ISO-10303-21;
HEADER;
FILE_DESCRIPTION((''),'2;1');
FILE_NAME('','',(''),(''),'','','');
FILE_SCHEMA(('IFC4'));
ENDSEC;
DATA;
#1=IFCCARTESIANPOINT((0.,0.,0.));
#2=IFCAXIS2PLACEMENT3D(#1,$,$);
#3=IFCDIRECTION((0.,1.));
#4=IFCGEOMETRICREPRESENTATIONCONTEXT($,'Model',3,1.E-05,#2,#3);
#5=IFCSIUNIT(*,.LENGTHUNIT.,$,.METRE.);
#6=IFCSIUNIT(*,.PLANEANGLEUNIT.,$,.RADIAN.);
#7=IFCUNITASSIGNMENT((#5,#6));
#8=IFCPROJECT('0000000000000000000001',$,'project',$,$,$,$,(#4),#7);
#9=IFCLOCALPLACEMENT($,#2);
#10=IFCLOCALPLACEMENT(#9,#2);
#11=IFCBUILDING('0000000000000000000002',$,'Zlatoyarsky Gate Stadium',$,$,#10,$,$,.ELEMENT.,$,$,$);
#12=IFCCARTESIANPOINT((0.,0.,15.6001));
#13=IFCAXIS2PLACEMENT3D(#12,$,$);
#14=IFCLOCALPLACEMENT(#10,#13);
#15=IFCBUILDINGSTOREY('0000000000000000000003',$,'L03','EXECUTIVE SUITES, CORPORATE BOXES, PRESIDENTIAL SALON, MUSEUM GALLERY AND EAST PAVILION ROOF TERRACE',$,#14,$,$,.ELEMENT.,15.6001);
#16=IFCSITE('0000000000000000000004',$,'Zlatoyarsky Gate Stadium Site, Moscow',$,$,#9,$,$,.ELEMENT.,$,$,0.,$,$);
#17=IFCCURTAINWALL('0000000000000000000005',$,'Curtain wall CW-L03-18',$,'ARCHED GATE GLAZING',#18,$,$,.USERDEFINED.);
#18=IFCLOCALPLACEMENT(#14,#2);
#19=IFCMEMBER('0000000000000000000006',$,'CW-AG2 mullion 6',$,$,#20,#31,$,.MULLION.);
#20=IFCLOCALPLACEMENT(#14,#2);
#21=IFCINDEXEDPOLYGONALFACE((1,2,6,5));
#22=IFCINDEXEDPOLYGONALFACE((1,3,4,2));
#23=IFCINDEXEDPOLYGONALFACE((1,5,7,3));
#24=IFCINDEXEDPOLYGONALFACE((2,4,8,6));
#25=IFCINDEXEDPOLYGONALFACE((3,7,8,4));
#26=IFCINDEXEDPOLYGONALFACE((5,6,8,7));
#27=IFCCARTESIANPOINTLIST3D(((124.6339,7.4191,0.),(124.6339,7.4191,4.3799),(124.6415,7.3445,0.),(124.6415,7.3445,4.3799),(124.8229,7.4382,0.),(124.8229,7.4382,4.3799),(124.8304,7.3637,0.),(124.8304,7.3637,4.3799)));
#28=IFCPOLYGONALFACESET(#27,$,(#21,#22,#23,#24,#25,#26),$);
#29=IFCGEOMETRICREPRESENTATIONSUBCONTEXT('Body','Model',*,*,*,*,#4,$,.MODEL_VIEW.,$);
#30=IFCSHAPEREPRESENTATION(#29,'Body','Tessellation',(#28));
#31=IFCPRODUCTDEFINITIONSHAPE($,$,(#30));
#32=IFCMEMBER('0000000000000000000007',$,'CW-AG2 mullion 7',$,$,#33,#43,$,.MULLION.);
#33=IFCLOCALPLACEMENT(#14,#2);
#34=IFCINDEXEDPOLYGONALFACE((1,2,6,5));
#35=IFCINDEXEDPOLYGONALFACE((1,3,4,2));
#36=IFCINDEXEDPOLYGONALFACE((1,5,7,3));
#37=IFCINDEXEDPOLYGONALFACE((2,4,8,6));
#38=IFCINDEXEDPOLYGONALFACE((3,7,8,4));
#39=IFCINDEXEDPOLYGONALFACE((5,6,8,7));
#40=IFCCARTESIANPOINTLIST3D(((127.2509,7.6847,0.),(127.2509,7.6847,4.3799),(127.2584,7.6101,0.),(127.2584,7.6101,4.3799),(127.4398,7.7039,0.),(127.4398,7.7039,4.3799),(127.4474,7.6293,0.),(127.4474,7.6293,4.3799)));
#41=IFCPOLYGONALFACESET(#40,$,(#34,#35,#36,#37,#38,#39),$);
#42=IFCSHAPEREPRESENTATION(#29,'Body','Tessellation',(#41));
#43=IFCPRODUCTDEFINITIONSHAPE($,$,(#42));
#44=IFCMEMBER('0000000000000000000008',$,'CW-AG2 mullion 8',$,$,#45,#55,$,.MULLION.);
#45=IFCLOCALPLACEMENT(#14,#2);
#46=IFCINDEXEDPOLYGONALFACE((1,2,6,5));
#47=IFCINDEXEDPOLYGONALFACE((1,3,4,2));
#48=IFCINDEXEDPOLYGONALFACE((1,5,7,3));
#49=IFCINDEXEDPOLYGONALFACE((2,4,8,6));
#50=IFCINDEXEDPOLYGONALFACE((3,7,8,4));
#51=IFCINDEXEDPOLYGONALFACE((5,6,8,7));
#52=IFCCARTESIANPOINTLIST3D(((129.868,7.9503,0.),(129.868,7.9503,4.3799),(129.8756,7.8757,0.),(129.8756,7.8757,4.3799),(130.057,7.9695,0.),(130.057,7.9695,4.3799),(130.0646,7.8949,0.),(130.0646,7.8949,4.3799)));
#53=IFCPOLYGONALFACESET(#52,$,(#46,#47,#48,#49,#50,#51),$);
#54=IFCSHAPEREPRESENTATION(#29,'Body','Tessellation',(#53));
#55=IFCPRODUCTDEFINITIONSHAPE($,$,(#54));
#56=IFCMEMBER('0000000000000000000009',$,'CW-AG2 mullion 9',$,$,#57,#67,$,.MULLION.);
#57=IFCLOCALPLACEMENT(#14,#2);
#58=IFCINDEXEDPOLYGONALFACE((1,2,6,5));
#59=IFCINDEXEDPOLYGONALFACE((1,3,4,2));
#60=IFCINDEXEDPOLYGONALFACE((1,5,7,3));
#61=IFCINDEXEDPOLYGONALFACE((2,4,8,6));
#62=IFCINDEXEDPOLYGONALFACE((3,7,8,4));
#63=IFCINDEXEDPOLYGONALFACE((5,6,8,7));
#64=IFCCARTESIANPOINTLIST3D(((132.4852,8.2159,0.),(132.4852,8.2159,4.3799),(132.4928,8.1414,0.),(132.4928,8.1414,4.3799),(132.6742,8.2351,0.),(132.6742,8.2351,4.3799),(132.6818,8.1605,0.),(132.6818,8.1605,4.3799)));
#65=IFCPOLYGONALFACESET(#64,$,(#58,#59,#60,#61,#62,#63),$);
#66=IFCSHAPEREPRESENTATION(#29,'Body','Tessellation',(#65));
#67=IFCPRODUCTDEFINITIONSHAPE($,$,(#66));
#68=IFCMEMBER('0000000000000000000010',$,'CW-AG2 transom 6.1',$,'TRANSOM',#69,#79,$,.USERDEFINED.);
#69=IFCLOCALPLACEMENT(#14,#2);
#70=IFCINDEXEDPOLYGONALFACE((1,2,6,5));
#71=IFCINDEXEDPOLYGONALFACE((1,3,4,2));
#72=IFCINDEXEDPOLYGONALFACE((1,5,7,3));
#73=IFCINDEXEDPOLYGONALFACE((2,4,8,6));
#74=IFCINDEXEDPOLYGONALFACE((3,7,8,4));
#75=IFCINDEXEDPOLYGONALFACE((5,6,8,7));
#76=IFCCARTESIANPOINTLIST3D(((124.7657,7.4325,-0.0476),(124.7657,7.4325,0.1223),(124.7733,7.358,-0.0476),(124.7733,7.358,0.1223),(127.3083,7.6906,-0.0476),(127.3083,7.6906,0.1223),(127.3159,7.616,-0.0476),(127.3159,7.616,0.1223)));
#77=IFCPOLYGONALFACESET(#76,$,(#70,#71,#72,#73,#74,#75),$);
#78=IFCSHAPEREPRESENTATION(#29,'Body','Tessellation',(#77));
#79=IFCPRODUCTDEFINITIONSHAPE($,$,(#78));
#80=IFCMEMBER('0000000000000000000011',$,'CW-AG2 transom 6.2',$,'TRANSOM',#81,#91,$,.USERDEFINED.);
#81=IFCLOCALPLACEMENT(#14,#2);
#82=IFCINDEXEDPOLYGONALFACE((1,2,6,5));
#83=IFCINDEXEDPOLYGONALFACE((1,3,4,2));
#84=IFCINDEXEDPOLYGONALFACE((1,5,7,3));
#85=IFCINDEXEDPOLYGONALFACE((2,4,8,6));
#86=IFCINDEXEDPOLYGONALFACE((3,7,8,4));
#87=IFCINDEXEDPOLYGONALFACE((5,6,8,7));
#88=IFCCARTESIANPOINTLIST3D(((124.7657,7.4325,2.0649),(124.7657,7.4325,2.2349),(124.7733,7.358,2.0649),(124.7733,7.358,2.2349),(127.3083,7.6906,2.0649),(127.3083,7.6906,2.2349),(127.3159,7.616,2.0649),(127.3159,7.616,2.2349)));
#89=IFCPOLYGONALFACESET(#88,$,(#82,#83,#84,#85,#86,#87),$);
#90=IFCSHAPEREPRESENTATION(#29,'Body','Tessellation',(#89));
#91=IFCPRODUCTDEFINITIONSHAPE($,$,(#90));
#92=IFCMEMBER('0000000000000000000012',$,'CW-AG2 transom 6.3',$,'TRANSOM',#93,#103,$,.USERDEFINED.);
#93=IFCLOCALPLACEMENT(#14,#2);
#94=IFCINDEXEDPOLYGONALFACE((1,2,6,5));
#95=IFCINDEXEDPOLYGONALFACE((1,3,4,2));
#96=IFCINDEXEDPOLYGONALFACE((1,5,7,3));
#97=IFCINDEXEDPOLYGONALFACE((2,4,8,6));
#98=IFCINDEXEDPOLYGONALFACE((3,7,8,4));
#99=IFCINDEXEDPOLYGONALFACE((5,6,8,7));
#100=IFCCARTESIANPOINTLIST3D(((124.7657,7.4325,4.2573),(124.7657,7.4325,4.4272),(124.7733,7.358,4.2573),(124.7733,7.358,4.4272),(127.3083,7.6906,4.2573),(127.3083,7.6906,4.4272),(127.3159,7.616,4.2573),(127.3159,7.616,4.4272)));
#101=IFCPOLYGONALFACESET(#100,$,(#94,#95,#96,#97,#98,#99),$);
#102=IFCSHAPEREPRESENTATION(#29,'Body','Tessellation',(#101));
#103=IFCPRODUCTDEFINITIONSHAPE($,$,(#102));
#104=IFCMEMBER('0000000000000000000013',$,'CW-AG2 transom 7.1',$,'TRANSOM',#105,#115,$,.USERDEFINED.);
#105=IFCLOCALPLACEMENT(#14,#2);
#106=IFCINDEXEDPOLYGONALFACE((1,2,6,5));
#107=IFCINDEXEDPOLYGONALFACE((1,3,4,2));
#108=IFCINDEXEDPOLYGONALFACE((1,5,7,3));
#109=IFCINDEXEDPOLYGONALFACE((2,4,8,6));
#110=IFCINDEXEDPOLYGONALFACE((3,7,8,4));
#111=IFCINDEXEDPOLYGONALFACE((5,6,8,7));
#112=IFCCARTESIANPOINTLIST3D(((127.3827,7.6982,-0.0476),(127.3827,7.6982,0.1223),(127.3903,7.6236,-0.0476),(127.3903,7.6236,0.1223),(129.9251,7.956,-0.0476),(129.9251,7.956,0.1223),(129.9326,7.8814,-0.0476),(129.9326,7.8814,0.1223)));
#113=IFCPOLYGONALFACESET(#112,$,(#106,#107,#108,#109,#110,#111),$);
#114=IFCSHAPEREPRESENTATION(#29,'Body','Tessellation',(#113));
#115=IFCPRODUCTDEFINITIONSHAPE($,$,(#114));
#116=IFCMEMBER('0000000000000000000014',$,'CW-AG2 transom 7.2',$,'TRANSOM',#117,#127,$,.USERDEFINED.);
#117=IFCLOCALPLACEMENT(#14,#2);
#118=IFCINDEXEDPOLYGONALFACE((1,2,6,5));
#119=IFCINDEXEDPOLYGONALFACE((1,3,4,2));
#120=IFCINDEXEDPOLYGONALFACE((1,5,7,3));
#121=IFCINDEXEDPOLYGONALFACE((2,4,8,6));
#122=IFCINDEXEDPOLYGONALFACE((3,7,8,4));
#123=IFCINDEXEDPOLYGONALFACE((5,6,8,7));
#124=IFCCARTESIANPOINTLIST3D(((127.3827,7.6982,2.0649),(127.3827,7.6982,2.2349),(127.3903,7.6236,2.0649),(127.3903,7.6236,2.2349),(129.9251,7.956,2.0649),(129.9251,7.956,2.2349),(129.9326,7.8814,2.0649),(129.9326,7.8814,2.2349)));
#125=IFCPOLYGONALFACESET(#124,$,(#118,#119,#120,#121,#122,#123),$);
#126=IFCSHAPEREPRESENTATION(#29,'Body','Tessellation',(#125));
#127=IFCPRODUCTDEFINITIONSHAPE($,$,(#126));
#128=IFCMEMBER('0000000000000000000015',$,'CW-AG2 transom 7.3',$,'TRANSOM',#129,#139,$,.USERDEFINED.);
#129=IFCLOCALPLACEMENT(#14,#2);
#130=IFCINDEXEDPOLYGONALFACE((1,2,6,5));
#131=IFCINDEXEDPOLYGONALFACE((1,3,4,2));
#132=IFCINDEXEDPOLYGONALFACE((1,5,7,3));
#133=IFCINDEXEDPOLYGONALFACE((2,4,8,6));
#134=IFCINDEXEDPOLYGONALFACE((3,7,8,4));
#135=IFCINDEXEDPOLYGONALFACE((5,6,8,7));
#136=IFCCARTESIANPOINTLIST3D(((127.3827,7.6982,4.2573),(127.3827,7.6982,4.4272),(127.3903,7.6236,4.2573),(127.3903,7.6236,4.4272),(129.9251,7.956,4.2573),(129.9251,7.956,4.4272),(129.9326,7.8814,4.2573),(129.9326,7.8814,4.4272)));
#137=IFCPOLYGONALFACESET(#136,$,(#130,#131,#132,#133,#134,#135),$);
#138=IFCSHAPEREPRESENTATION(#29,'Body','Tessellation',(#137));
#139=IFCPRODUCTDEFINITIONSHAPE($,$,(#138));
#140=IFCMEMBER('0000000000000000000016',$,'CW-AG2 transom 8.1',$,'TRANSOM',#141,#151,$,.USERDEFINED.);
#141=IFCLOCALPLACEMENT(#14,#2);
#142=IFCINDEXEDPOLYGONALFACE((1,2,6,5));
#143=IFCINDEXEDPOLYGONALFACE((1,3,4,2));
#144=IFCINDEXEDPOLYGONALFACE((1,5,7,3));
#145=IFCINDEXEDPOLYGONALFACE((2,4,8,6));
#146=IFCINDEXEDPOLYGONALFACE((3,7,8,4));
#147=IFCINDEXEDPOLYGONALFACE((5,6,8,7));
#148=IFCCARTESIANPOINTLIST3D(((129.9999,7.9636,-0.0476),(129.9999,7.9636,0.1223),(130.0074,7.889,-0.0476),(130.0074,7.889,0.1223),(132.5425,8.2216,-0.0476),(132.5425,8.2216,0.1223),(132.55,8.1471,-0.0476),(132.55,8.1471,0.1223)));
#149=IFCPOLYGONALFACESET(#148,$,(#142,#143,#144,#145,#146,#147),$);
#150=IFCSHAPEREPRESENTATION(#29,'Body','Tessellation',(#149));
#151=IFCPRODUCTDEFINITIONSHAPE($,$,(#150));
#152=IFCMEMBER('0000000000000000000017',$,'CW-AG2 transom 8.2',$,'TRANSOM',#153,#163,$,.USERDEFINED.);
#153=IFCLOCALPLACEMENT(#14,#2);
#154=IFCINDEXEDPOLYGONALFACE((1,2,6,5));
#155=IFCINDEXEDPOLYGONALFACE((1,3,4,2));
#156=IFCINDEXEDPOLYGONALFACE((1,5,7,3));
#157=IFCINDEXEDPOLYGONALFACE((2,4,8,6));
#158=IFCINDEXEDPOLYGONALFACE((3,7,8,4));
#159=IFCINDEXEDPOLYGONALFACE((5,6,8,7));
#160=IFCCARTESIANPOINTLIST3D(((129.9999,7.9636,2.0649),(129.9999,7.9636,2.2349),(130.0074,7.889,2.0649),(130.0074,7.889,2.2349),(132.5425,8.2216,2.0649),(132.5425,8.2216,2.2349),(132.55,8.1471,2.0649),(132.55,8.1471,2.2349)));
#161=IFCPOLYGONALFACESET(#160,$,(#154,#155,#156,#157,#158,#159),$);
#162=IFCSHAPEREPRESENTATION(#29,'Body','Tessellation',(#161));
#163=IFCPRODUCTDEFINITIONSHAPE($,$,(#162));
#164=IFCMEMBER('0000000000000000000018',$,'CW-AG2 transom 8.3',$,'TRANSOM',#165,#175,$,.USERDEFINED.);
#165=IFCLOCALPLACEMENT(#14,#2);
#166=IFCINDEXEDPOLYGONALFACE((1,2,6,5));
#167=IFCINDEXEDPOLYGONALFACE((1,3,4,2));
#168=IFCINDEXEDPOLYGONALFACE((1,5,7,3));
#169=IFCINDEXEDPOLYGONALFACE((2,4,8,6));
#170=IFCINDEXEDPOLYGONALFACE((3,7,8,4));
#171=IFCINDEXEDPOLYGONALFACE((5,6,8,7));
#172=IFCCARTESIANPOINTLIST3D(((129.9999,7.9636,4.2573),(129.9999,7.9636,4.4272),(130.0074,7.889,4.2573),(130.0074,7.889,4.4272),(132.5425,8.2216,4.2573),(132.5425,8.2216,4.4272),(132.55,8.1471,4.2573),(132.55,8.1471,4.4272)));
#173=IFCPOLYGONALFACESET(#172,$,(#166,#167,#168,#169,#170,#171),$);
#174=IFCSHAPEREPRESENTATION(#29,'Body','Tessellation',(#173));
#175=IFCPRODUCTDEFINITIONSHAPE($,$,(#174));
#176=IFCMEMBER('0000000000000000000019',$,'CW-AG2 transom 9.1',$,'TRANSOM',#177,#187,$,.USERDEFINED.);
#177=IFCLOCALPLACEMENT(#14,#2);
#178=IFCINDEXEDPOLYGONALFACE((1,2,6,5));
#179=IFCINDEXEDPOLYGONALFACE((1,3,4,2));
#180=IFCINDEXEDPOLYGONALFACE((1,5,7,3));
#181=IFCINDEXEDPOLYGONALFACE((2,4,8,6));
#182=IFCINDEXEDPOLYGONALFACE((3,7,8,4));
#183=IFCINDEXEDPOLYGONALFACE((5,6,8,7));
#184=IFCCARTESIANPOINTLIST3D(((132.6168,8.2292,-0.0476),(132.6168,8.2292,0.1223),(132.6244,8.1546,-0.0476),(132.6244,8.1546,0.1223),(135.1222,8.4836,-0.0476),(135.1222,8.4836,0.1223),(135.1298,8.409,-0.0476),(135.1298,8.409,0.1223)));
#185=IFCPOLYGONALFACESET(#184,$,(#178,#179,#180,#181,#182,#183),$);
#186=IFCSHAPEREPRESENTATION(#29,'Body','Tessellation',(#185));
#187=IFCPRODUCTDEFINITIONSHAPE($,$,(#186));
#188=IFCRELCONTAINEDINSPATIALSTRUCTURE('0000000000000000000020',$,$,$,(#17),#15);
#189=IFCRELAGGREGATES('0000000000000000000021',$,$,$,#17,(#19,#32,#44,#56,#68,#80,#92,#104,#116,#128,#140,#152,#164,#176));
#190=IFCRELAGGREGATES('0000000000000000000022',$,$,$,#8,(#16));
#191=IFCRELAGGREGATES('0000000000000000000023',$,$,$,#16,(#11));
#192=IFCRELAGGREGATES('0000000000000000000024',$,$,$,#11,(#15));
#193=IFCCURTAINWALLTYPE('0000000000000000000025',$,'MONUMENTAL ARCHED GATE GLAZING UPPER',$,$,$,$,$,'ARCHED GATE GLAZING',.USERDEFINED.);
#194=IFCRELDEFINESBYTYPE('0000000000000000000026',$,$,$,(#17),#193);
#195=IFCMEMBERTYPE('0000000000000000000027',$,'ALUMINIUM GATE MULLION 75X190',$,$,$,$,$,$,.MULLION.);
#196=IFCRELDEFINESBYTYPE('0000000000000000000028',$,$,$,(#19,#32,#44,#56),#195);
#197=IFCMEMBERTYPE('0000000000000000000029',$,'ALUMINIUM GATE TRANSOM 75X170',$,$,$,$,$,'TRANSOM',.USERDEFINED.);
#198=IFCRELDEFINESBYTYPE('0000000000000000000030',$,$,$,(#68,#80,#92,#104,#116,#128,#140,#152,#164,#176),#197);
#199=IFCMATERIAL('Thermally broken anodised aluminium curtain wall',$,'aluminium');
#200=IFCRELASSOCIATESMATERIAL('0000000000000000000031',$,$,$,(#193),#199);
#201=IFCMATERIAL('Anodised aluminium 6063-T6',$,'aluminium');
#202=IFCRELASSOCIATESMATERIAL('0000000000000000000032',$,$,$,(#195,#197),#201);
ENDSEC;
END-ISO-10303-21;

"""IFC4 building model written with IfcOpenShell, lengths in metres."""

from ifc_helpers import new_model, si_unit, direction, frame, origin, origin_2d, place, context, subcontext, project, spatial, rectangle, extrude, material, material_profile, profile_set, type_object, element, aggregate, save


model = new_model("IFC4")

# Units and contexts
model_context = context("Model", 3, precision=1e-05, world=origin(), true_north=direction((0.0, 1.0)))
body_context = subcontext(model_context, "Body", "Model", "MODEL_VIEW")
ifc_project = project(units=[si_unit("LENGTHUNIT", "METRE"), si_unit("PLANEANGLEUNIT", "RADIAN")], contexts=[model_context])

# Site, building, storey
site_placement = place(None, origin())
site = spatial("IfcSite", under=ifc_project, at=site_placement, Name="Zlatoyarsky Gate Stadium Site, Moscow", CompositionType="ELEMENT", RefElevation=0.0)
building_placement = place(site_placement, origin())
building = spatial("IfcBuilding", under=site, at=building_placement, Name="Zlatoyarsky Gate Stadium", CompositionType="ELEMENT")
storey_placement = place(building_placement, frame((0.0, 0.0, 15.6001)))
storey = spatial("IfcBuildingStorey", under=building, at=storey_placement, Name="L03", Description="EXECUTIVE SUITES, CORPORATE BOXES, PRESIDENTIAL SALON, MUSEUM GALLERY AND EAST PAVILION ROOF TERRACE", CompositionType="ELEMENT", Elevation=15.6001)

# Curtain wall, members
ifc_material_1 = material(Name="Thermally broken anodised aluminium curtain wall", Category="aluminium")
curtain_wall_type = type_object("IfcCurtainWallType", Name="MONUMENTAL ARCHED GATE GLAZING UPPER", ElementType="ARCHED GATE GLAZING", PredefinedType="USERDEFINED", material=ifc_material_1)
curtain_wall_placement = place(storey_placement, origin())
curtain_wall = element("IfcCurtainWall", 1, at=curtain_wall_placement, inside=storey, type_object=curtain_wall_type, Name="Curtain wall CW-L03-18", ObjectType="ARCHED GATE GLAZING", PredefinedType="USERDEFINED")
ifc_material_2 = material(Name="Anodised aluminium 6063-T6", Category="aluminium")
ifc_material_profile_1 = material_profile(ifc_material_2, rectangle(XDim=0.075, YDim=0.1899, at=origin_2d()), Name="ALU 75X190")
ifc_profile_set_1 = profile_set([ifc_material_profile_1], Name="Anodised aluminium 6063-T6")
member_type_1 = type_object("IfcMemberType", Name="ALUMINIUM GATE MULLION 75X190", PredefinedType="MULLION", material=ifc_profile_set_1)
member_1_placement = place(storey_placement, frame((124.7322, 7.3914, 0.0), z_axis=(0.0, 0.0, 1.0), x_axis=(-0.100968, 0.99489, 0.0)))
member_1 = element("IfcMember", 2, at=member_1_placement, type_object=member_type_1, Name="CW-AG2 mullion 6", PredefinedType="MULLION", context=body_context, shape_type="SweptSolid", body=[
    extrude(rectangle(XDim=0.075, YDim=0.1899, at=origin_2d()), origin(), (0.0, 0.0, 1.0), 4.3799),
])
member_2_placement = place(storey_placement, frame((127.3491, 7.657, 0.0), z_axis=(0.0, 0.0, 1.0), x_axis=(-0.100968, 0.99489, 0.0)))
member_2 = element("IfcMember", 3, at=member_2_placement, type_object=member_type_1, Name="CW-AG2 mullion 7", PredefinedType="MULLION", context=body_context, shape_type="SweptSolid", body=[
    extrude(rectangle(XDim=0.075, YDim=0.1899, at=origin_2d()), origin(), (0.0, 0.0, 1.0), 4.3799),
])
member_3_placement = place(storey_placement, frame((129.9663, 7.9226, 0.0), z_axis=(0.0, 0.0, 1.0), x_axis=(-0.100968, 0.99489, 0.0)))
member_3 = element("IfcMember", 4, at=member_3_placement, type_object=member_type_1, Name="CW-AG2 mullion 8", PredefinedType="MULLION", context=body_context, shape_type="SweptSolid", body=[
    extrude(rectangle(XDim=0.075, YDim=0.1899, at=origin_2d()), origin(), (0.0, 0.0, 1.0), 4.3799),
])
member_4_placement = place(storey_placement, frame((132.5835, 8.1882, 0.0), z_axis=(0.0, 0.0, 1.0), x_axis=(-0.100968, 0.99489, 0.0)))
member_4 = element("IfcMember", 5, at=member_4_placement, type_object=member_type_1, Name="CW-AG2 mullion 9", PredefinedType="MULLION", context=body_context, shape_type="SweptSolid", body=[
    extrude(rectangle(XDim=0.075, YDim=0.1899, at=origin_2d()), origin(), (0.0, 0.0, 1.0), 4.3799),
])
ifc_material_profile_2 = material_profile(ifc_material_2, rectangle(XDim=0.075, YDim=0.1699, at=origin_2d()), Name="ALU 75X170")
ifc_profile_set_2 = profile_set([ifc_material_profile_2], Name="Anodised aluminium 6063-T6")
member_type_2 = type_object("IfcMemberType", Name="ALUMINIUM GATE TRANSOM 75X170", ElementType="TRANSOM", PredefinedType="USERDEFINED", material=ifc_profile_set_2)
member_5_placement = place(storey_placement, frame((124.7695, 7.3953, 0.0374), z_axis=(0.994889, 0.100979, 0.0), x_axis=(-0.100979, 0.994889, 0.0)))
member_5 = element("IfcMember", 6, at=member_5_placement, type_object=member_type_2, Name="CW-AG2 transom 6.1", ObjectType="TRANSOM", PredefinedType="USERDEFINED", context=body_context, shape_type="SweptSolid", body=[
    extrude(rectangle(XDim=0.075, YDim=0.1699, at=origin_2d()), origin(), (0.0, 0.0, 1.0), 2.5557),
])
member_6_placement = place(storey_placement, frame((124.7695, 7.3953, 2.1499), z_axis=(0.994889, 0.100979, 0.0), x_axis=(-0.100979, 0.994889, 0.0)))
member_6 = element("IfcMember", 7, at=member_6_placement, type_object=member_type_2, Name="CW-AG2 transom 6.2", ObjectType="TRANSOM", PredefinedType="USERDEFINED", context=body_context, shape_type="SweptSolid", body=[
    extrude(rectangle(XDim=0.075, YDim=0.1699, at=origin_2d()), origin(), (0.0, 0.0, 1.0), 2.5557),
])
member_7_placement = place(storey_placement, frame((124.7695, 7.3953, 4.3423), z_axis=(0.994889, 0.100979, 0.0), x_axis=(-0.100979, 0.994889, 0.0)))
member_7 = element("IfcMember", 8, at=member_7_placement, type_object=member_type_2, Name="CW-AG2 transom 6.3", ObjectType="TRANSOM", PredefinedType="USERDEFINED", context=body_context, shape_type="SweptSolid", body=[
    extrude(rectangle(XDim=0.075, YDim=0.1699, at=origin_2d()), origin(), (0.0, 0.0, 1.0), 2.5557),
])
member_8_placement = place(storey_placement, frame((127.3865, 7.6609, 0.0374), z_axis=(0.994898, 0.100885, 0.0), x_axis=(-0.100885, 0.994898, 0.0)))
member_8 = element("IfcMember", 9, at=member_8_placement, type_object=member_type_2, Name="CW-AG2 transom 7.1", ObjectType="TRANSOM", PredefinedType="USERDEFINED", context=body_context, shape_type="SweptSolid", body=[
    extrude(rectangle(XDim=0.075, YDim=0.1699, at=origin_2d()), origin(), (0.0, 0.0, 1.0), 2.5554),
])
member_9_placement = place(storey_placement, frame((127.3865, 7.6609, 2.1499), z_axis=(0.994898, 0.100885, 0.0), x_axis=(-0.100885, 0.994898, 0.0)))
member_9 = element("IfcMember", 10, at=member_9_placement, type_object=member_type_2, Name="CW-AG2 transom 7.2", ObjectType="TRANSOM", PredefinedType="USERDEFINED", context=body_context, shape_type="SweptSolid", body=[
    extrude(rectangle(XDim=0.075, YDim=0.1699, at=origin_2d()), origin(), (0.0, 0.0, 1.0), 2.5554),
])
member_10_placement = place(storey_placement, frame((127.3865, 7.6609, 4.3423), z_axis=(0.994898, 0.100885, 0.0), x_axis=(-0.100885, 0.994898, 0.0)))
member_10 = element("IfcMember", 11, at=member_10_placement, type_object=member_type_2, Name="CW-AG2 transom 7.3", ObjectType="TRANSOM", PredefinedType="USERDEFINED", context=body_context, shape_type="SweptSolid", body=[
    extrude(rectangle(XDim=0.075, YDim=0.1699, at=origin_2d()), origin(), (0.0, 0.0, 1.0), 2.5554),
])
member_11_placement = place(storey_placement, frame((130.0037, 7.9263, 0.0374), z_axis=(0.994889, 0.100979, 0.0), x_axis=(-0.100979, 0.994889, 0.0)))
member_11 = element("IfcMember", 12, at=member_11_placement, type_object=member_type_2, Name="CW-AG2 transom 8.1", ObjectType="TRANSOM", PredefinedType="USERDEFINED", context=body_context, shape_type="SweptSolid", body=[
    extrude(rectangle(XDim=0.075, YDim=0.1699, at=origin_2d()), origin(), (0.0, 0.0, 1.0), 2.5557),
])
member_12_placement = place(storey_placement, frame((130.0037, 7.9263, 2.1499), z_axis=(0.994889, 0.100979, 0.0), x_axis=(-0.100979, 0.994889, 0.0)))
member_12 = element("IfcMember", 13, at=member_12_placement, type_object=member_type_2, Name="CW-AG2 transom 8.2", ObjectType="TRANSOM", PredefinedType="USERDEFINED", context=body_context, shape_type="SweptSolid", body=[
    extrude(rectangle(XDim=0.075, YDim=0.1699, at=origin_2d()), origin(), (0.0, 0.0, 1.0), 2.5557),
])
member_13_placement = place(storey_placement, frame((130.0037, 7.9263, 4.3423), z_axis=(0.994889, 0.100979, 0.0), x_axis=(-0.100979, 0.994889, 0.0)))
member_13 = element("IfcMember", 14, at=member_13_placement, type_object=member_type_2, Name="CW-AG2 transom 8.3", ObjectType="TRANSOM", PredefinedType="USERDEFINED", context=body_context, shape_type="SweptSolid", body=[
    extrude(rectangle(XDim=0.075, YDim=0.1699, at=origin_2d()), origin(), (0.0, 0.0, 1.0), 2.5557),
])
member_14_placement = place(storey_placement, frame((132.6206, 8.1919, 0.0374), z_axis=(0.994884, 0.10102, 0.0), x_axis=(-0.10102, 0.994884, 0.0)))
member_14 = element("IfcMember", 15, at=member_14_placement, type_object=member_type_2, Name="CW-AG2 transom 9.1", ObjectType="TRANSOM", PredefinedType="USERDEFINED", context=body_context, shape_type="SweptSolid", body=[
    extrude(rectangle(XDim=0.075, YDim=0.1699, at=origin_2d()), origin(), (0.0, 0.0, 1.0), 2.5183),
])
aggregate(curtain_wall, [member_1, member_2, member_3, member_4, member_5, member_6, member_7, member_8, member_9, member_10, member_11, member_12, member_13, member_14])

save(model, "model.ifc")
